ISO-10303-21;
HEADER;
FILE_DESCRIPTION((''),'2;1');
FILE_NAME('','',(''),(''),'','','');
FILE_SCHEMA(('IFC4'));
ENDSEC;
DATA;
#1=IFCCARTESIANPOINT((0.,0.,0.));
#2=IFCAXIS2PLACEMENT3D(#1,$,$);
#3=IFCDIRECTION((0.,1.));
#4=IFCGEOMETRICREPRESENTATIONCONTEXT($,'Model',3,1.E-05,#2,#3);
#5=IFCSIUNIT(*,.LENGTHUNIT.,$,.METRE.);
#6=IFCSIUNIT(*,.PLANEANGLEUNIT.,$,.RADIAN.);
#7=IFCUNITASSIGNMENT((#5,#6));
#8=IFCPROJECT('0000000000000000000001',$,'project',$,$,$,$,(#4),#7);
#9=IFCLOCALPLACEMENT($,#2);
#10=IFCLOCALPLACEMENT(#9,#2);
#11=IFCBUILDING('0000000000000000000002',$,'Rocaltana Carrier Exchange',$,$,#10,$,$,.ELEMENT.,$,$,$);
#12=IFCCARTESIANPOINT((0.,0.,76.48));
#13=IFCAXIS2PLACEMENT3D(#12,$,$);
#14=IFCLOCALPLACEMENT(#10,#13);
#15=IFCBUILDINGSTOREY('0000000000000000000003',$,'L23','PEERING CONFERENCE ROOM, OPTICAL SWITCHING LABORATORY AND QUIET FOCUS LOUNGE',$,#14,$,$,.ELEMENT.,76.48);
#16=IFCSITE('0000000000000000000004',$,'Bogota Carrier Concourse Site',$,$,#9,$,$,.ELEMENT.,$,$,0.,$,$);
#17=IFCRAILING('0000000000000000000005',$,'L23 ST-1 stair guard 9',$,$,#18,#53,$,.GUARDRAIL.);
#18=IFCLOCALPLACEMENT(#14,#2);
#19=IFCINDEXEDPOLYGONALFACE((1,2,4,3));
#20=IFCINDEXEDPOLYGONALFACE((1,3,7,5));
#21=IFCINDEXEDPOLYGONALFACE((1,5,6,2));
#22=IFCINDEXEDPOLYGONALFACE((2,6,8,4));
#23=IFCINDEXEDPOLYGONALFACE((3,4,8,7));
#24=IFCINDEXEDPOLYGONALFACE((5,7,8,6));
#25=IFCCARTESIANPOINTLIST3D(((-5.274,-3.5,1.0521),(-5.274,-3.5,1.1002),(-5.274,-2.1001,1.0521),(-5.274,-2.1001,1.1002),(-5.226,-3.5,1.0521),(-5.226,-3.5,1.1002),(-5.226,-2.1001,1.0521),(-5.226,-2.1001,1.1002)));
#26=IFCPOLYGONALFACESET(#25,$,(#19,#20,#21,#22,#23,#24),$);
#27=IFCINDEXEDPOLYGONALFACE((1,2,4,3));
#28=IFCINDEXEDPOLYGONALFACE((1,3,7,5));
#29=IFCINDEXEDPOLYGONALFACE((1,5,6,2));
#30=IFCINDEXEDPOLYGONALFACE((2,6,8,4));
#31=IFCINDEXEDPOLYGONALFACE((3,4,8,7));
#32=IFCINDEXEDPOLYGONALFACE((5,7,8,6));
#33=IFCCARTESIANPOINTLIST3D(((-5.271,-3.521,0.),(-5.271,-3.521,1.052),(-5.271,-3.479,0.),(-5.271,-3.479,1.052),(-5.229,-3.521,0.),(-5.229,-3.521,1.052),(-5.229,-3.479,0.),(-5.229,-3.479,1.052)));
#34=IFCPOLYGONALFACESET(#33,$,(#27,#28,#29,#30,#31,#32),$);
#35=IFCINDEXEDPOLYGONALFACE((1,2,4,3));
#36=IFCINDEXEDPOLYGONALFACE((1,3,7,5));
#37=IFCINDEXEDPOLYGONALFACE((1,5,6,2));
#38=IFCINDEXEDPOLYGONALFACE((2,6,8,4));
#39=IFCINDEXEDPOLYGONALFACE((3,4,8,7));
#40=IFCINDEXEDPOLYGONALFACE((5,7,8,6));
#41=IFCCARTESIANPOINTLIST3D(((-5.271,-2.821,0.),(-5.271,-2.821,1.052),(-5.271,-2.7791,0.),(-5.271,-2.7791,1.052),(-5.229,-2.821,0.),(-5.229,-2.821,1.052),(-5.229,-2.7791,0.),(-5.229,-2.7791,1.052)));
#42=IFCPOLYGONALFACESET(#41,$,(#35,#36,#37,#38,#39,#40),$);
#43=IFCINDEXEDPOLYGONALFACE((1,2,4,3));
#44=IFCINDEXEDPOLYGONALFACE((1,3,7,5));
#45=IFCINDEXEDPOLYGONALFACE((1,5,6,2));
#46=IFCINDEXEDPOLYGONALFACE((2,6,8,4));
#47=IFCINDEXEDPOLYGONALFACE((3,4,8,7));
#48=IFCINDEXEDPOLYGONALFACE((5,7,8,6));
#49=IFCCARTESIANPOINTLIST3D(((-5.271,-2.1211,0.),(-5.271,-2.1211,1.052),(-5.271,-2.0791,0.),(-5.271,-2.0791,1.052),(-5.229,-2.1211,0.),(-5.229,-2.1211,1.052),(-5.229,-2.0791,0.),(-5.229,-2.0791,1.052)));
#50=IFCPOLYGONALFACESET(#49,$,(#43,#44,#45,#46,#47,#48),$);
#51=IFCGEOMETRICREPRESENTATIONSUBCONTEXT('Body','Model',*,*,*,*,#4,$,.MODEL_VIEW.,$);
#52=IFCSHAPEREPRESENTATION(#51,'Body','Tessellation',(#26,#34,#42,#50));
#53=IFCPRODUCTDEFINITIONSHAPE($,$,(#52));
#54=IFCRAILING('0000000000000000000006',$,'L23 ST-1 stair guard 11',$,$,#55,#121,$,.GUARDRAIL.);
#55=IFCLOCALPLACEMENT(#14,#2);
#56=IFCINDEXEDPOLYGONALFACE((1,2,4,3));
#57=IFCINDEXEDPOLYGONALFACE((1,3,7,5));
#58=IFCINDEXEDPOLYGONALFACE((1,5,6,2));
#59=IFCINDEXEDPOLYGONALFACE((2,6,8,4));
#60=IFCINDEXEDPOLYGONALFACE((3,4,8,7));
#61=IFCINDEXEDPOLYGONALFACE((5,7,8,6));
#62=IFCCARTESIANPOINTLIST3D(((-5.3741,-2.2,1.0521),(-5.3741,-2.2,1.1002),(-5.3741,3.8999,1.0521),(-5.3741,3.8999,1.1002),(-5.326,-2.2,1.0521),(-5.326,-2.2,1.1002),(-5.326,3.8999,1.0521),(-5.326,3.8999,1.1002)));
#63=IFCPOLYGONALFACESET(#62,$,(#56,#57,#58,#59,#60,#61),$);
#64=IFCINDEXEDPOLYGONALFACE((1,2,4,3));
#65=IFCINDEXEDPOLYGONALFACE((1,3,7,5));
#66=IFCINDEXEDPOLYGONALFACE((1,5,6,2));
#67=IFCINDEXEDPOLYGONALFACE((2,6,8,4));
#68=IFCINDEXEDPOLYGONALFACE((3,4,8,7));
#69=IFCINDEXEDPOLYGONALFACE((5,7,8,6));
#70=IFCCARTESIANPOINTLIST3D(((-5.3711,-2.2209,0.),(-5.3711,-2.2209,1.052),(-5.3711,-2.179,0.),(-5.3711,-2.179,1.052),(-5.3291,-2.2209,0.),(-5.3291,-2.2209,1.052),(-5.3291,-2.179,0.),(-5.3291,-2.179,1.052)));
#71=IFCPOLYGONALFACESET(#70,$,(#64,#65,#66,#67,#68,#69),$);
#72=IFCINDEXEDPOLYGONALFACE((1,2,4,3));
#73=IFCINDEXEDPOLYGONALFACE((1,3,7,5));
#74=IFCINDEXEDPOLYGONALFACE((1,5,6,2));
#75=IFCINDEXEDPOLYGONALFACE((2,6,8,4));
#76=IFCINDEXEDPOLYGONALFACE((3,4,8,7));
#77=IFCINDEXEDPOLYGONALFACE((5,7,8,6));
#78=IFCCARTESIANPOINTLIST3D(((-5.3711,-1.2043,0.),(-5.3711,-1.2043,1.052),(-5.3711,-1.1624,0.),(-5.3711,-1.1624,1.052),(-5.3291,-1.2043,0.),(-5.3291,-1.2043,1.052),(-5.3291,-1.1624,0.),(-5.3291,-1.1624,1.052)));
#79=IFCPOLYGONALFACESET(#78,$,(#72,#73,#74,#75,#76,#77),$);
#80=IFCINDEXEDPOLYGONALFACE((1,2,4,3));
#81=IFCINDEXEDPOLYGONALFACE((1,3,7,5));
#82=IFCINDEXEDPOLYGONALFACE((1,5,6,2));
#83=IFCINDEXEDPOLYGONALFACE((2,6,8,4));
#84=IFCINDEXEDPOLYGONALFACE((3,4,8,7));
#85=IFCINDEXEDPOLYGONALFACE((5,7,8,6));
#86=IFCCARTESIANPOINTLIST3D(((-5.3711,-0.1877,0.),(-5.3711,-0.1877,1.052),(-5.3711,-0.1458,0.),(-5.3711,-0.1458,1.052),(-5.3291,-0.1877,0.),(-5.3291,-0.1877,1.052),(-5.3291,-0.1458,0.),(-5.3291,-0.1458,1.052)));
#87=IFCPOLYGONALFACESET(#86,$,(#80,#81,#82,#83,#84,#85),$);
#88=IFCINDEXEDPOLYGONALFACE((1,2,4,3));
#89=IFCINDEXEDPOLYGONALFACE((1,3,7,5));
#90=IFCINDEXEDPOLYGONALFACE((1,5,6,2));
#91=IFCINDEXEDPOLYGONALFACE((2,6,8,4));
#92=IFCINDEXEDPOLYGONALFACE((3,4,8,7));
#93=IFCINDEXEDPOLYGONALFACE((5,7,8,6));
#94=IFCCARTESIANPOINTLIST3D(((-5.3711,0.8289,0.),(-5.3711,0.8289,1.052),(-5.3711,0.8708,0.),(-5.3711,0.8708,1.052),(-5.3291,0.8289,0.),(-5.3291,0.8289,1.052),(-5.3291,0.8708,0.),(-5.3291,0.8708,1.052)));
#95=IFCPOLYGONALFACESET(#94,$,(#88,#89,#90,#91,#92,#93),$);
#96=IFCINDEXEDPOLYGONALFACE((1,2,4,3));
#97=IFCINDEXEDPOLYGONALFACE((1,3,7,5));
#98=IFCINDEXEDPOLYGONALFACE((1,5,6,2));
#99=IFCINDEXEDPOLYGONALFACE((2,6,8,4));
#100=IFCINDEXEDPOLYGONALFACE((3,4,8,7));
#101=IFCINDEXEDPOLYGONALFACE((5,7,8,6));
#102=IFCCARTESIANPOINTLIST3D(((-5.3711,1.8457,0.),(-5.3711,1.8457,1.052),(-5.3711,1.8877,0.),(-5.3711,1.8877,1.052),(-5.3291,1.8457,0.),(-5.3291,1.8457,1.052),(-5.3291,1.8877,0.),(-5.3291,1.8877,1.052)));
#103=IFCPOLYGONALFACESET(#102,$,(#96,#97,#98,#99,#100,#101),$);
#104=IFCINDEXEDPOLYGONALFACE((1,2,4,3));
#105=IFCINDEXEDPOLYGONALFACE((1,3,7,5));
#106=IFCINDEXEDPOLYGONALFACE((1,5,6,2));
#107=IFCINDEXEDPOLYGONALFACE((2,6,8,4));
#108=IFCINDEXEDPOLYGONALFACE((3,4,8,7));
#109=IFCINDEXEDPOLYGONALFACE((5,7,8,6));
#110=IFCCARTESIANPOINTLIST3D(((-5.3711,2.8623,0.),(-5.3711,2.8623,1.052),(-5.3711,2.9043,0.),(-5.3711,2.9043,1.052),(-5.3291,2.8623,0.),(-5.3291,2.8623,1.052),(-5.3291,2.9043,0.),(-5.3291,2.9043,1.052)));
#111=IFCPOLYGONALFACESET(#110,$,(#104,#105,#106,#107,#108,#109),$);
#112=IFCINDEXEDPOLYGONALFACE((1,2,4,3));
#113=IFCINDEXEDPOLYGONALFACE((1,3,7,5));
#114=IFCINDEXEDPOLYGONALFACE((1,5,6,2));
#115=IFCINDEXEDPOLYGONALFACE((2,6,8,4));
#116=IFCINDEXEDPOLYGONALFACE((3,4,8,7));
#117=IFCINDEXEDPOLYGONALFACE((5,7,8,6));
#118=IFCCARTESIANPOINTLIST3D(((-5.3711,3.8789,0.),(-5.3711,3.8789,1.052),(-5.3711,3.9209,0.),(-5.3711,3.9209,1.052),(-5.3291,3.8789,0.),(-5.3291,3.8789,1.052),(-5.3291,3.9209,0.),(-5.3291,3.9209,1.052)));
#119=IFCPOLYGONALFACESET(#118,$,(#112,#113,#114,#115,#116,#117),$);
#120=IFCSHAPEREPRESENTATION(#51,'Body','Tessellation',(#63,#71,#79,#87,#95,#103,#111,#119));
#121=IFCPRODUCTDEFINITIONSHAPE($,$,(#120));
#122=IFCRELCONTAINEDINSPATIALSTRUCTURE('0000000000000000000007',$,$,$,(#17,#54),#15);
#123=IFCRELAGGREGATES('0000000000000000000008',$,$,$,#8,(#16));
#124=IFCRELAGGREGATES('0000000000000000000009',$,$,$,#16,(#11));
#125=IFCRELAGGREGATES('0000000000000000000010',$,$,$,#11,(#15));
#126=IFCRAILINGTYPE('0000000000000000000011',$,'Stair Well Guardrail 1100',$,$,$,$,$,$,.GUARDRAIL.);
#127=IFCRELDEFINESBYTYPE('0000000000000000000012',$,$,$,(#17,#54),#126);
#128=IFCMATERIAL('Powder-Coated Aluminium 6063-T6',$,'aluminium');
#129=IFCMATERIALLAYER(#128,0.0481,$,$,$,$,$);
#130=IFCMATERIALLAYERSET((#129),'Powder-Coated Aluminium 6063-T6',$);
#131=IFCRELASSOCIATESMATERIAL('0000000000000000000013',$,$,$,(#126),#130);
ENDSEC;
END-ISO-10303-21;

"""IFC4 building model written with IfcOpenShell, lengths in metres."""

from ifc_helpers import new_model, si_unit, direction, frame, origin, origin_2d, place, context, subcontext, project, spatial, rectangle, extrude, material, layer, layer_set, type_object, element, save


model = new_model("IFC4")

# Units and contexts
model_context = context("Model", 3, precision=1e-05, world=origin(), true_north=direction((0.0, 1.0)))
body_context = subcontext(model_context, "Body", "Model", "MODEL_VIEW")
ifc_project = project(units=[si_unit("LENGTHUNIT", "METRE"), si_unit("PLANEANGLEUNIT", "RADIAN")], contexts=[model_context])

# Site, building, storey
site_placement = place(None, origin())
site = spatial("IfcSite", under=ifc_project, at=site_placement, Name="Bogota Carrier Concourse Site", CompositionType="ELEMENT", RefElevation=0.0)
building_placement = place(site_placement, origin())
building = spatial("IfcBuilding", under=site, at=building_placement, Name="Rocaltana Carrier Exchange", CompositionType="ELEMENT")
storey_placement = place(building_placement, frame((0.0, 0.0, 76.48)))
storey = spatial("IfcBuildingStorey", under=building, at=storey_placement, Name="L23", Description="PEERING CONFERENCE ROOM, OPTICAL SWITCHING LABORATORY AND QUIET FOCUS LOUNGE", CompositionType="ELEMENT", Elevation=76.48)

# Railings
ifc_material_1 = material(Name="Powder-Coated Aluminium 6063-T6", Category="aluminium")
ifc_layer_1 = layer(ifc_material_1, 0.0481)
ifc_layer_set_1 = layer_set([ifc_layer_1], Name="Powder-Coated Aluminium 6063-T6")
railing_type_1 = type_object("IfcRailingType", Name="Stair Well Guardrail 1100", PredefinedType="GUARDRAIL", material=ifc_layer_set_1)
for number, where, name in (
    (1, (-5.25, -3.5, 0.0), "L23 ST-1 stair guard 9"),
):
    element("IfcRailing", number, at=place(storey_placement, frame(where)), inside=storey, type_object=railing_type_1, Name=name, PredefinedType="GUARDRAIL", context=body_context, shape_type="SweptSolid", body=[
        extrude(rectangle(XDim=0.0481, YDim=0.0481, at=origin_2d()), frame((0.0, 0.0, 1.0762), z_axis=(0.0, 1.0, 0.0), x_axis=(-1.0, 0.0, 0.0)), (0.0, 0.0, 1.0), 1.3999),
        extrude(rectangle(XDim=0.042, YDim=0.042, at=origin_2d()), origin(), (0.0, 0.0, 1.0), 1.052),
        extrude(rectangle(XDim=0.042, YDim=0.042, at=origin_2d()), frame((0.0, 0.7, 0.0)), (0.0, 0.0, 1.0), 1.052),
        extrude(rectangle(XDim=0.042, YDim=0.042, at=origin_2d()), frame((0.0, 1.3999, 0.0)), (0.0, 0.0, 1.0), 1.052),
    ])
railing_1_placement = place(storey_placement, frame((-5.3501, -2.2, 0.0)))
element("IfcRailing", 2, at=railing_1_placement, inside=storey, type_object=railing_type_1, Name="L23 ST-1 stair guard 11", PredefinedType="GUARDRAIL", context=body_context, shape_type="SweptSolid", body=[
    extrude(rectangle(XDim=0.0481, YDim=0.0481, at=origin_2d()), frame((0.0, 0.0, 1.0762), z_axis=(0.0, 1.0, 0.0), x_axis=(-1.0, 0.0, 0.0)), (0.0, 0.0, 1.0), 6.0999),
    extrude(rectangle(XDim=0.042, YDim=0.042, at=origin_2d()), origin(), (0.0, 0.0, 1.0), 1.052),
    extrude(rectangle(XDim=0.042, YDim=0.042, at=origin_2d()), frame((0.0, 1.0166, 0.0)), (0.0, 0.0, 1.0), 1.052),
    extrude(rectangle(XDim=0.042, YDim=0.042, at=origin_2d()), frame((0.0, 2.0332, 0.0)), (0.0, 0.0, 1.0), 1.052),
    extrude(rectangle(XDim=0.042, YDim=0.042, at=origin_2d()), frame((0.0, 3.0498, 0.0)), (0.0, 0.0, 1.0), 1.052),
    extrude(rectangle(XDim=0.042, YDim=0.042, at=origin_2d()), frame((0.0, 4.0667, 0.0)), (0.0, 0.0, 1.0), 1.052),
    extrude(rectangle(XDim=0.042, YDim=0.042, at=origin_2d()), frame((0.0, 5.0833, 0.0)), (0.0, 0.0, 1.0), 1.052),
    extrude(rectangle(XDim=0.042, YDim=0.042, at=origin_2d()), frame((0.0, 6.0999, 0.0)), (0.0, 0.0, 1.0), 1.052),
])

save(model, "model.ifc")
